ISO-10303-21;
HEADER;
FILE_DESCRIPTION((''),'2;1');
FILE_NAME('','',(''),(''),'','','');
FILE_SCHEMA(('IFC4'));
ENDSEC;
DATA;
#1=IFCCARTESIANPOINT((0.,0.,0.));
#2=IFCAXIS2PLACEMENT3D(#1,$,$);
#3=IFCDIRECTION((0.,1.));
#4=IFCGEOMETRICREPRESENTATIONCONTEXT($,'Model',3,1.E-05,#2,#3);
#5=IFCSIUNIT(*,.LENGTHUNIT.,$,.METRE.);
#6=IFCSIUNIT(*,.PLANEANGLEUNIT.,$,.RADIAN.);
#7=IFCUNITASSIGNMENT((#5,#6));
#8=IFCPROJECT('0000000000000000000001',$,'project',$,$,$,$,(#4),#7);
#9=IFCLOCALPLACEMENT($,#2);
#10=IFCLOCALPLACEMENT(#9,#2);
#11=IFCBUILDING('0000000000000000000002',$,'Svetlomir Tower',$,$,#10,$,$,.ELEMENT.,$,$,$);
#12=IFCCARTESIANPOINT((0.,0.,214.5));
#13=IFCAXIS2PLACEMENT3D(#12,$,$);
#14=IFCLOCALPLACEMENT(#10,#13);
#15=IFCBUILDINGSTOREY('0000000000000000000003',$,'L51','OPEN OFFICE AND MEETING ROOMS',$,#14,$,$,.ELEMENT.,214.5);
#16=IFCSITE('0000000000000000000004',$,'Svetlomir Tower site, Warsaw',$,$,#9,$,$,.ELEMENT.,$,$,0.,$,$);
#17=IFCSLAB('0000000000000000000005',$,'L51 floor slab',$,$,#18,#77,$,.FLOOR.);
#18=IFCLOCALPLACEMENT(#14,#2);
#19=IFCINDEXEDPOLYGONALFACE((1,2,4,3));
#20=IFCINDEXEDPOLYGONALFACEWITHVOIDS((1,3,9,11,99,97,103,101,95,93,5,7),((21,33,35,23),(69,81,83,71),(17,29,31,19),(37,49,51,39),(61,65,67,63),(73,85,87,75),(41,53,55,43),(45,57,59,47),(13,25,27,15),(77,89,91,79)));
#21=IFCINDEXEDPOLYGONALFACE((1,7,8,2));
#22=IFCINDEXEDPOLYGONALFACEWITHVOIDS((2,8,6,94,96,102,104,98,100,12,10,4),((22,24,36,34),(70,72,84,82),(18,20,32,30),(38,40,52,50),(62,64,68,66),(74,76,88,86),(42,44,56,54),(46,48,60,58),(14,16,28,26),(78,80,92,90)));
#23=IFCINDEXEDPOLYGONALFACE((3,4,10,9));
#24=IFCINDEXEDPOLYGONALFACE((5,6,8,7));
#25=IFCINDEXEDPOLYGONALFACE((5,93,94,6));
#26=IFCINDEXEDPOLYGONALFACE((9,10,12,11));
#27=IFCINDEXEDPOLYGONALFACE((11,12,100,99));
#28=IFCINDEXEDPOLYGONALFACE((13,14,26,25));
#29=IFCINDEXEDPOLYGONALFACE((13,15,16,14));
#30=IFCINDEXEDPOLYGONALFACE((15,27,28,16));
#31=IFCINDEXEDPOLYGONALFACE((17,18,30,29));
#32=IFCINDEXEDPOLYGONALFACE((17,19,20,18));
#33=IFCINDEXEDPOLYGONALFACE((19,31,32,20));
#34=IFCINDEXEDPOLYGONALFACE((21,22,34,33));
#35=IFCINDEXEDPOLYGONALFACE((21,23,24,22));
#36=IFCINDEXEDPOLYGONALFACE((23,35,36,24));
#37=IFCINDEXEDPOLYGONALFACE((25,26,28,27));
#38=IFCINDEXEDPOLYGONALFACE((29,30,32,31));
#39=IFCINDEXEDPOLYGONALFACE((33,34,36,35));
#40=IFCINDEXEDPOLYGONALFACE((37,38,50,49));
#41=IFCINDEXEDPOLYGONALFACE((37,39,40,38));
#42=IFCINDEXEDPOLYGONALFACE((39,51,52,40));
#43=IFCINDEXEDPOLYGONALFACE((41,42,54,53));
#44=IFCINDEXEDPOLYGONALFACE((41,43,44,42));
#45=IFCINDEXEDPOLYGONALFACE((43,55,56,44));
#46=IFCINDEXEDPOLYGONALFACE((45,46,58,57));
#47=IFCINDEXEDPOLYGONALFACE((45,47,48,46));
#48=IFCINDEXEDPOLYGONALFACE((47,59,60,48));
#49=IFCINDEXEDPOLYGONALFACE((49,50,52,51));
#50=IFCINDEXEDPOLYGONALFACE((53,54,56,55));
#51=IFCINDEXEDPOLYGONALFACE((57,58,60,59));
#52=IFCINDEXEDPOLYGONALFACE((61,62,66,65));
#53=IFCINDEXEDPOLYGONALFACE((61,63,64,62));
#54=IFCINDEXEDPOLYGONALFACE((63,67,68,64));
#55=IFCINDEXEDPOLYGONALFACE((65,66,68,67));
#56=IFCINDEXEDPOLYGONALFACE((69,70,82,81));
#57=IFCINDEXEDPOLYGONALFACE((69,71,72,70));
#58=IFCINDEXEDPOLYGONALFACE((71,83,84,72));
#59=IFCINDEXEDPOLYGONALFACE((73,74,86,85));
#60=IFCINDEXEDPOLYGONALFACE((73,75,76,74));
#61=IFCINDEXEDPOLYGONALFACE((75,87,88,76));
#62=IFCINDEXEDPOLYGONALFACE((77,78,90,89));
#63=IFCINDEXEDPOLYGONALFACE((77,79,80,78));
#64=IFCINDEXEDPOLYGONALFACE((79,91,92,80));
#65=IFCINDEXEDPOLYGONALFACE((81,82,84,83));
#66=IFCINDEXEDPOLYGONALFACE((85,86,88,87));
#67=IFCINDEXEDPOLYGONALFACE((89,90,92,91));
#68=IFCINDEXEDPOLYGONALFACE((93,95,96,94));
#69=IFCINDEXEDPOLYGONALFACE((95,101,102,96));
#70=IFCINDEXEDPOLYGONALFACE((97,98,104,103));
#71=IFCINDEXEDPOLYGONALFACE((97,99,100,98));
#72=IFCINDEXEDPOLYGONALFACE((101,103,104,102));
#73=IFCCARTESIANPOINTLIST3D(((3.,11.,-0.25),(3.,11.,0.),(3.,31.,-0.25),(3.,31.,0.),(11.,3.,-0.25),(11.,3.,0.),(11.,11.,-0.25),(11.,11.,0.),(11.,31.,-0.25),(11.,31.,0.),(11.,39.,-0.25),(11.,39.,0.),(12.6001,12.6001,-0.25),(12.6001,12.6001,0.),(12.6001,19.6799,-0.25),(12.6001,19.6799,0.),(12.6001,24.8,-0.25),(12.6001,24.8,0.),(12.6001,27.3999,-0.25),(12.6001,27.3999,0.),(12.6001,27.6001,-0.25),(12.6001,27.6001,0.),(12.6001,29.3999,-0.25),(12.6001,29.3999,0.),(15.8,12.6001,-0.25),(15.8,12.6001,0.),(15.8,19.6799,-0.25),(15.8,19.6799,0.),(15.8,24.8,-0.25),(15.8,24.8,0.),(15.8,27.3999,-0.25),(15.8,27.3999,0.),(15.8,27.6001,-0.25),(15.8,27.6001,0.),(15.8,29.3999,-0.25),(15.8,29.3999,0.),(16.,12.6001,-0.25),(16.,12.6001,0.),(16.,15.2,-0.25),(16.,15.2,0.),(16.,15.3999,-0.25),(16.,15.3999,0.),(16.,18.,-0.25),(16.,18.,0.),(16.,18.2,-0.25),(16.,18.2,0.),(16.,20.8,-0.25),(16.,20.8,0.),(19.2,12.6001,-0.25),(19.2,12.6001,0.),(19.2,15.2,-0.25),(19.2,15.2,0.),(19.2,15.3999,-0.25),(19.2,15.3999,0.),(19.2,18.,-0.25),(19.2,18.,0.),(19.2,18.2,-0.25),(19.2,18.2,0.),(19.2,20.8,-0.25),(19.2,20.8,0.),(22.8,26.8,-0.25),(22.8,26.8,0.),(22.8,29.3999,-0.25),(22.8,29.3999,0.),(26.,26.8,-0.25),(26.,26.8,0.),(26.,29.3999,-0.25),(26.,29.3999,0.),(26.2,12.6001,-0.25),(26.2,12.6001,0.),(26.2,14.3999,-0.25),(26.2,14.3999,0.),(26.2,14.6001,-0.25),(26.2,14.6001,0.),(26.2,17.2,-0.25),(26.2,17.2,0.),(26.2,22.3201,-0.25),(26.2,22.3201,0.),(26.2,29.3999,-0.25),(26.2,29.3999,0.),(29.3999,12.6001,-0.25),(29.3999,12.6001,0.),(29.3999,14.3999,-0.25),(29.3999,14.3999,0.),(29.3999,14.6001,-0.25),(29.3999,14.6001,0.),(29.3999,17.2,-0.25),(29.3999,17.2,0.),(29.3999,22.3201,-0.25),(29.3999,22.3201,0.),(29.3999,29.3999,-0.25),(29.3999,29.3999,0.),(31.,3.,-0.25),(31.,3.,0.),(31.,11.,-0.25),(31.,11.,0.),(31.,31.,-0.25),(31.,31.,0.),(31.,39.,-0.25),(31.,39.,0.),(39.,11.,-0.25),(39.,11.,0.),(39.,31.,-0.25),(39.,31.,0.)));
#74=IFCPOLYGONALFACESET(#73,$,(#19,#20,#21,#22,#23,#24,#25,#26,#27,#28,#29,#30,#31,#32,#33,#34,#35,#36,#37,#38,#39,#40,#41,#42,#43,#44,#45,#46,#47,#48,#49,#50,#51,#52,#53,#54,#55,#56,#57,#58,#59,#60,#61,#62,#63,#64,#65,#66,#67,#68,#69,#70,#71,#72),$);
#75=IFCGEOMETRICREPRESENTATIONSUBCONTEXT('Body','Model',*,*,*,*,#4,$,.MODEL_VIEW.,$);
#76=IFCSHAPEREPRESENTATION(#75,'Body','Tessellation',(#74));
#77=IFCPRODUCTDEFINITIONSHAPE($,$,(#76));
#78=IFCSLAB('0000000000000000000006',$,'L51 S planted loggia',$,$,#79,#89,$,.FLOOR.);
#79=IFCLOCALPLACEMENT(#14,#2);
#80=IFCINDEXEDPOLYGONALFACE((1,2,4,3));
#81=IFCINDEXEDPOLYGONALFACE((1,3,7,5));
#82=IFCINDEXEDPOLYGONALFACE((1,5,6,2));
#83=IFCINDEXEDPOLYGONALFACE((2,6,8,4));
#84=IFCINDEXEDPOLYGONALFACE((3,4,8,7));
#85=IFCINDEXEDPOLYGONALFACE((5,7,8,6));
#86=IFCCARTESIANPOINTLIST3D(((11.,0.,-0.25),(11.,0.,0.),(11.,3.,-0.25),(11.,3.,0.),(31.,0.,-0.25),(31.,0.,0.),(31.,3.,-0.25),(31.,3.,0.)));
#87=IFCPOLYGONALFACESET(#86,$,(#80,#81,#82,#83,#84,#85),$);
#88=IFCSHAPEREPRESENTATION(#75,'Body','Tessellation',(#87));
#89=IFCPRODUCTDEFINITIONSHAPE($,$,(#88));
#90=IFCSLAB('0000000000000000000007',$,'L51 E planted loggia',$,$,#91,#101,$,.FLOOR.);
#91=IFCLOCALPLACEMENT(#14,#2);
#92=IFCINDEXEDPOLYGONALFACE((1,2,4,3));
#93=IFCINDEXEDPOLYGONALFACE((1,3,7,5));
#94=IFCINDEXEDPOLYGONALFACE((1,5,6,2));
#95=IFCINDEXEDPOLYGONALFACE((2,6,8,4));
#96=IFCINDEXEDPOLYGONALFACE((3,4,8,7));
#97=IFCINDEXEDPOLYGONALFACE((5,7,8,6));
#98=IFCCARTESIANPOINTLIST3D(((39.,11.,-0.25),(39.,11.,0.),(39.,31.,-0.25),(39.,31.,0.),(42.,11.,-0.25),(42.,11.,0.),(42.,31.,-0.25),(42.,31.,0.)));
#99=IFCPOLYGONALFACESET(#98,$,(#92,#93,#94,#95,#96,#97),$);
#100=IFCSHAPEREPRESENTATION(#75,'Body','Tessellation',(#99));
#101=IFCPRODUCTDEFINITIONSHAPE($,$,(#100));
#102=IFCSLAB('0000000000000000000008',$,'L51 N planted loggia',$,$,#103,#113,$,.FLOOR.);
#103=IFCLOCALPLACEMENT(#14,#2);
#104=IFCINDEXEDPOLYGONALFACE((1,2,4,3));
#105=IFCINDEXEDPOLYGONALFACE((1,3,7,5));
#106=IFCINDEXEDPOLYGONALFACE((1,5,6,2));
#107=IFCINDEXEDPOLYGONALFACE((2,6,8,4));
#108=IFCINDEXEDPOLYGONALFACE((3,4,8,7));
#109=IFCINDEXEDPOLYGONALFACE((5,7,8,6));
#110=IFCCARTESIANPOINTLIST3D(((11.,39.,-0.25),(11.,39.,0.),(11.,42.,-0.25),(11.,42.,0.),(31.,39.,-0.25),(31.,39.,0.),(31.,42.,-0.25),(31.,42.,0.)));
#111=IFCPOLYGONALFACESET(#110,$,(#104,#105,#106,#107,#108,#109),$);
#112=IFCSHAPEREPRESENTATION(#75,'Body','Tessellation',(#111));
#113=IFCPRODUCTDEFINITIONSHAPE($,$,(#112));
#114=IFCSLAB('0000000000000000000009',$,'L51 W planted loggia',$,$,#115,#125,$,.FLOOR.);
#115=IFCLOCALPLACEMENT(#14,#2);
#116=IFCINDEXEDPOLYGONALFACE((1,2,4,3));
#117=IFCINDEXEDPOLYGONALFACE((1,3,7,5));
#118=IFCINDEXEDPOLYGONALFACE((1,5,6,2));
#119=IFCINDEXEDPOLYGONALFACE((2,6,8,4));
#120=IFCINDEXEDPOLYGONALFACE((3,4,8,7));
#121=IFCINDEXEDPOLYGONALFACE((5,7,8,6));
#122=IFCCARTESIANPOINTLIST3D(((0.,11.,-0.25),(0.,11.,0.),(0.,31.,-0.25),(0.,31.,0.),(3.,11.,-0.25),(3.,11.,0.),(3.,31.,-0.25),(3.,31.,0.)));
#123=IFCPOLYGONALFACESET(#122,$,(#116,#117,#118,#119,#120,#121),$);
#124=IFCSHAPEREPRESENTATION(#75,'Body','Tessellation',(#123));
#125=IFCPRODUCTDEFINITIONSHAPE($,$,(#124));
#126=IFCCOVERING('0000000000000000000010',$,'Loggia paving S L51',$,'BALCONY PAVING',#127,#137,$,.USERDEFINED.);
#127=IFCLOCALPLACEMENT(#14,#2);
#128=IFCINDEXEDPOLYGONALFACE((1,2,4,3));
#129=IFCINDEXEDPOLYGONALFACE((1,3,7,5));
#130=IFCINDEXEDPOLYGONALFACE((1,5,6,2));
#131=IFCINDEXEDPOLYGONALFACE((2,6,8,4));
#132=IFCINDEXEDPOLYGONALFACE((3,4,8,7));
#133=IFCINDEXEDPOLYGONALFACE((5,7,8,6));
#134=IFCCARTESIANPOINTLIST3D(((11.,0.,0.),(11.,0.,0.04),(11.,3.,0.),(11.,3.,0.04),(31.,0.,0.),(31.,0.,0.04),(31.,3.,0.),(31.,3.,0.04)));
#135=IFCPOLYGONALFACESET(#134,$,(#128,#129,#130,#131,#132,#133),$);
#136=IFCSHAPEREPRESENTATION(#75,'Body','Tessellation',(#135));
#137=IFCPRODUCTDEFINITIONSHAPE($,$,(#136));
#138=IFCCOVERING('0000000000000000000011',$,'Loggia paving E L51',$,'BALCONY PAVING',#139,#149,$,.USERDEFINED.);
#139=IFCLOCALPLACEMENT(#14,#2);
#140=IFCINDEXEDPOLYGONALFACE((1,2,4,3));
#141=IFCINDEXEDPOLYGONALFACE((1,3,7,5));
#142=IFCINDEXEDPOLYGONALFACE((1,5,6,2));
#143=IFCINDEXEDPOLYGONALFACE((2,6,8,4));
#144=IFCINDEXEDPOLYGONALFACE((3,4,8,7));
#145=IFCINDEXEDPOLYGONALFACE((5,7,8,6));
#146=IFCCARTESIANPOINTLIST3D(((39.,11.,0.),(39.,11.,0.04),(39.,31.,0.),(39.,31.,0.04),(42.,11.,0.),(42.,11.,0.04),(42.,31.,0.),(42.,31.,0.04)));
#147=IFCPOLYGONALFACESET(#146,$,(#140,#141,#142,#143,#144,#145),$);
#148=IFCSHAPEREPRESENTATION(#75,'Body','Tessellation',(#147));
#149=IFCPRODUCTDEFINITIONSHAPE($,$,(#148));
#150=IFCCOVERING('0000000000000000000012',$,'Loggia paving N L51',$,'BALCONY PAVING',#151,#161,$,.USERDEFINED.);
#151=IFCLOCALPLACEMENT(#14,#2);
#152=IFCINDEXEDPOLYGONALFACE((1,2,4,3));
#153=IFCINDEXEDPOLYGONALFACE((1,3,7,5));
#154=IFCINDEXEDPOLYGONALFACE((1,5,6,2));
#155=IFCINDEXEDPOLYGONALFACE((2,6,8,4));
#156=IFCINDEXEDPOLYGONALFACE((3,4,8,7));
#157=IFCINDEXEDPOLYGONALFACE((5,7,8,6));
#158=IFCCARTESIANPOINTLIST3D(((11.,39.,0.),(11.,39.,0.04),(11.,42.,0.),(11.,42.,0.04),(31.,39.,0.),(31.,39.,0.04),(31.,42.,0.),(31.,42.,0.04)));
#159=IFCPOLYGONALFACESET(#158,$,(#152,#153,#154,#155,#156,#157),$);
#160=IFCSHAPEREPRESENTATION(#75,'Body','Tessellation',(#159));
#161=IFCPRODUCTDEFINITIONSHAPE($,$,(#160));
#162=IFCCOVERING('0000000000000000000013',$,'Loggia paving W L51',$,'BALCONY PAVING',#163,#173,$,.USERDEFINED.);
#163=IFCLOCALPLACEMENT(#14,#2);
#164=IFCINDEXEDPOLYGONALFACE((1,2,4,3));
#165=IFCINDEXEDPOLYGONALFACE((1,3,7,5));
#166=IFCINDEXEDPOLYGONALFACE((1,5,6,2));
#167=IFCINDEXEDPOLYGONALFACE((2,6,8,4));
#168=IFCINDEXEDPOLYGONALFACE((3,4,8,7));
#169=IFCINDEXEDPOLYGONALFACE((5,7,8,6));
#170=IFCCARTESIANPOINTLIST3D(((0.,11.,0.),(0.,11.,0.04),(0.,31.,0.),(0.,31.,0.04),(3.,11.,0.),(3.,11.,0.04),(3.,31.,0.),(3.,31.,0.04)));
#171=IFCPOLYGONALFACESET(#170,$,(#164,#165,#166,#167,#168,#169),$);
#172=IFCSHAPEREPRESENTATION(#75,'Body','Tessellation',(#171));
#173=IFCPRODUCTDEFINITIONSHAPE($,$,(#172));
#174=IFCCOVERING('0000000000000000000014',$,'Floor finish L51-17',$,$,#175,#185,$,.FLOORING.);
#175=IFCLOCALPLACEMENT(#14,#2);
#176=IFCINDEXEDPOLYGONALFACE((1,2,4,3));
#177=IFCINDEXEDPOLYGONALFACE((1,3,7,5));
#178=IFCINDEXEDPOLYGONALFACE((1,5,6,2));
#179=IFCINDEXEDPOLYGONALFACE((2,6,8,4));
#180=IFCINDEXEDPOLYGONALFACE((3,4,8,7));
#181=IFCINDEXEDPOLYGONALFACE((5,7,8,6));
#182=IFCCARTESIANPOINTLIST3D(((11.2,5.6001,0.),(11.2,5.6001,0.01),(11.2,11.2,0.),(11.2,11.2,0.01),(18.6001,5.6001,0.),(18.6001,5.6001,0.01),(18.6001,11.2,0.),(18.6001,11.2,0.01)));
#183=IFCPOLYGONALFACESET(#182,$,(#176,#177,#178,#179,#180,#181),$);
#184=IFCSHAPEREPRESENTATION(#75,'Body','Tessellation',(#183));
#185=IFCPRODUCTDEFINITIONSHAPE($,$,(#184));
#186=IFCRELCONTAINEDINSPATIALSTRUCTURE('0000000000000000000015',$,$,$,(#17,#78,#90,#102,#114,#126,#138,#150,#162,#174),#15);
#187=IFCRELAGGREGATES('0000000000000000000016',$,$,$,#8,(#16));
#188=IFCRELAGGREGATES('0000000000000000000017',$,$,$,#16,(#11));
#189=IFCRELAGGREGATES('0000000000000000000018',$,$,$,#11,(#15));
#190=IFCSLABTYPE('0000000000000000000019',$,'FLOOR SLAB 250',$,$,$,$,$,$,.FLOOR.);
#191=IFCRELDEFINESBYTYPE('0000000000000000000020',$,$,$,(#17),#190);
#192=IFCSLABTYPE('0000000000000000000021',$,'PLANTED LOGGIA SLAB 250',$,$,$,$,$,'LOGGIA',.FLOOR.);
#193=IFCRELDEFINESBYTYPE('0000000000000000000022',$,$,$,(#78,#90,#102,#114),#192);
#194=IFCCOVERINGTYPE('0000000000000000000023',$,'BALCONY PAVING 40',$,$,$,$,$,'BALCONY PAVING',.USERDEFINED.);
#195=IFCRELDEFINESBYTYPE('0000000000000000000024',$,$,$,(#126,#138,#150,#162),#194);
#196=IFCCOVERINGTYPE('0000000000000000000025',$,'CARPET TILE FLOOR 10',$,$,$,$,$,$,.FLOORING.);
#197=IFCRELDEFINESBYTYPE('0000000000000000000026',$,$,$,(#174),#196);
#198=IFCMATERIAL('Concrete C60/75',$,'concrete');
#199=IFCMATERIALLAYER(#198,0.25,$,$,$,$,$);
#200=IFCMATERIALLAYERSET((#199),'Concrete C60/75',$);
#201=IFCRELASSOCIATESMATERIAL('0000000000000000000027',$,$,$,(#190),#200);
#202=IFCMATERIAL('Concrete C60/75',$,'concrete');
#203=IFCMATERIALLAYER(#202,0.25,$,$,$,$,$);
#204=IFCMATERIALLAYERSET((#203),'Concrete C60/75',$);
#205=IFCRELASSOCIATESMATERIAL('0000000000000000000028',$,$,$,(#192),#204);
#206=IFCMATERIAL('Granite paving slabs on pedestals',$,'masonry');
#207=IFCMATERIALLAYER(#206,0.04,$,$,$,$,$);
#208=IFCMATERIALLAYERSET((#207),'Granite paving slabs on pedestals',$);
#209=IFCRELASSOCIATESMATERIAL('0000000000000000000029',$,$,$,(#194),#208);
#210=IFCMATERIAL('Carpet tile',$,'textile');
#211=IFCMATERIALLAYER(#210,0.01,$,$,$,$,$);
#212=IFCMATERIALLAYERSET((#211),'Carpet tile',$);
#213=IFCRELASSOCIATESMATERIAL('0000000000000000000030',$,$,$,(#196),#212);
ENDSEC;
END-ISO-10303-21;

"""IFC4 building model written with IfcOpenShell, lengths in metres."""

from ifc_helpers import new_model, si_unit, direction, frame, origin, place, context, subcontext, project, spatial, polyline, outline, extrude, material, layer, layer_set, type_object, element, save


model = new_model("IFC4")

# Units and contexts
model_context = context("Model", 3, precision=1e-05, world=origin(), true_north=direction((0.0, 1.0)))
body_context = subcontext(model_context, "Body", "Model", "MODEL_VIEW")
ifc_project = project(units=[si_unit("LENGTHUNIT", "METRE"), si_unit("PLANEANGLEUNIT", "RADIAN")], contexts=[model_context])

# Site, building, storey
site_placement = place(None, origin())
site = spatial("IfcSite", under=ifc_project, at=site_placement, Name="Svetlomir Tower site, Warsaw", CompositionType="ELEMENT", RefElevation=0.0)
building_placement = place(site_placement, origin())
building = spatial("IfcBuilding", under=site, at=building_placement, Name="Svetlomir Tower", CompositionType="ELEMENT")
storey_placement = place(building_placement, frame((0.0, 0.0, 214.5)))
storey = spatial("IfcBuildingStorey", under=building, at=storey_placement, Name="L51", Description="OPEN OFFICE AND MEETING ROOMS", CompositionType="ELEMENT", Elevation=214.5)

# Slabs
ifc_material_1 = material(Name="Concrete C60/75", Category="concrete")
ifc_layer_1 = layer(ifc_material_1, 0.25)
ifc_layer_set_1 = layer_set([ifc_layer_1], Name="Concrete C60/75")
slab_type_1 = type_object("IfcSlabType", Name="FLOOR SLAB 250", PredefinedType="FLOOR", material=ifc_layer_set_1)
slab_1_placement = place(storey_placement, frame((0.0, 0.0, -0.25)))
element("IfcSlab", 1, at=slab_1_placement, inside=storey, type_object=slab_type_1, Name="L51 floor slab", PredefinedType="FLOOR", context=body_context, shape_type="SweptSolid", body=[
    extrude(outline(polyline([(11.0, 3.0), (31.0, 3.0), (31.0, 11.0), (39.0, 11.0), (39.0, 31.0), (31.0, 31.0), (31.0, 39.0), (11.0, 39.0), (11.0, 31.0), (3.0, 31.0), (3.0, 11.0), (11.0, 11.0), (11.0, 3.0)]), holes=[polyline([(12.6001, 24.8), (15.8, 24.8), (15.8, 27.3999), (12.6001, 27.3999), (12.6001, 24.8)]), polyline([(26.2, 14.6001), (29.3999, 14.6001), (29.3999, 17.2), (26.2, 17.2), (26.2, 14.6001)]), polyline([(16.0, 12.6001), (19.2, 12.6001), (19.2, 15.2), (16.0, 15.2), (16.0, 12.6001)]), polyline([(16.0, 15.3999), (19.2, 15.3999), (19.2, 18.0), (16.0, 18.0), (16.0, 15.3999)]), polyline([(16.0, 18.2), (19.2, 18.2), (19.2, 20.8), (16.0, 20.8), (16.0, 18.2)]), polyline([(22.8, 26.8), (26.0, 26.8), (26.0, 29.3999), (22.8, 29.3999), (22.8, 26.8)]), polyline([(12.6001, 27.6001), (15.8, 27.6001), (15.8, 29.3999), (12.6001, 29.3999), (12.6001, 27.6001)]), polyline([(26.2, 12.6001), (29.3999, 12.6001), (29.3999, 14.3999), (26.2, 14.3999), (26.2, 12.6001)]), polyline([(12.6001, 12.6001), (15.8, 12.6001), (15.8, 19.6799), (12.6001, 19.6799), (12.6001, 12.6001)]), polyline([(26.2, 22.3201), (29.3999, 22.3201), (29.3999, 29.3999), (26.2, 29.3999), (26.2, 22.3201)])]), origin(), (0.0, 0.0, 1.0), 0.25),
])
ifc_material_2 = material(Name="Concrete C60/75", Category="concrete")
ifc_layer_2 = layer(ifc_material_2, 0.25)
ifc_layer_set_2 = layer_set([ifc_layer_2], Name="Concrete C60/75")
slab_type_2 = type_object("IfcSlabType", Name="PLANTED LOGGIA SLAB 250", ElementType="LOGGIA", PredefinedType="FLOOR", material=ifc_layer_set_2)
slab_2_placement = place(storey_placement, frame((0.0, 0.0, -0.25)))
element("IfcSlab", 2, at=slab_2_placement, inside=storey, type_object=slab_type_2, Name="L51 S planted loggia", PredefinedType="FLOOR", context=body_context, shape_type="SweptSolid", body=[
    extrude(outline(polyline([(11.0, 0.0), (31.0, 0.0), (31.0, 3.0), (11.0, 3.0), (11.0, 0.0)])), origin(), (0.0, 0.0, 1.0), 0.25),
])
slab_3_placement = place(storey_placement, frame((0.0, 0.0, -0.25)))
element("IfcSlab", 3, at=slab_3_placement, inside=storey, type_object=slab_type_2, Name="L51 E planted loggia", PredefinedType="FLOOR", context=body_context, shape_type="SweptSolid", body=[
    extrude(outline(polyline([(39.0, 11.0), (42.0, 11.0), (42.0, 31.0), (39.0, 31.0), (39.0, 11.0)])), origin(), (0.0, 0.0, 1.0), 0.25),
])
slab_4_placement = place(storey_placement, frame((0.0, 0.0, -0.25)))
element("IfcSlab", 4, at=slab_4_placement, inside=storey, type_object=slab_type_2, Name="L51 N planted loggia", PredefinedType="FLOOR", context=body_context, shape_type="SweptSolid", body=[
    extrude(outline(polyline([(11.0, 39.0), (31.0, 39.0), (31.0, 42.0), (11.0, 42.0), (11.0, 39.0)])), origin(), (0.0, 0.0, 1.0), 0.25),
])
slab_5_placement = place(storey_placement, frame((0.0, 0.0, -0.25)))
element("IfcSlab", 5, at=slab_5_placement, inside=storey, type_object=slab_type_2, Name="L51 W planted loggia", PredefinedType="FLOOR", context=body_context, shape_type="SweptSolid", body=[
    extrude(outline(polyline([(0.0, 11.0), (3.0, 11.0), (3.0, 31.0), (0.0, 31.0), (0.0, 11.0)])), origin(), (0.0, 0.0, 1.0), 0.25),
])

# Coverings
ifc_material_3 = material(Name="Granite paving slabs on pedestals", Category="masonry")
ifc_layer_3 = layer(ifc_material_3, 0.04)
ifc_layer_set_3 = layer_set([ifc_layer_3], Name="Granite paving slabs on pedestals")
covering_type_1 = type_object("IfcCoveringType", Name="BALCONY PAVING 40", ElementType="BALCONY PAVING", PredefinedType="USERDEFINED", material=ifc_layer_set_3)
covering_1_placement = place(storey_placement, origin())
element("IfcCovering", 6, at=covering_1_placement, inside=storey, type_object=covering_type_1, Name="Loggia paving S L51", ObjectType="BALCONY PAVING", PredefinedType="USERDEFINED", context=body_context, shape_type="SweptSolid", body=[
    extrude(outline(polyline([(11.0, 0.0), (31.0, 0.0), (31.0, 3.0), (11.0, 3.0), (11.0, 0.0)])), origin(), (0.0, 0.0, 1.0), 0.04),
])
covering_2_placement = place(storey_placement, origin())
element("IfcCovering", 7, at=covering_2_placement, inside=storey, type_object=covering_type_1, Name="Loggia paving E L51", ObjectType="BALCONY PAVING", PredefinedType="USERDEFINED", context=body_context, shape_type="SweptSolid", body=[
    extrude(outline(polyline([(39.0, 11.0), (42.0, 11.0), (42.0, 31.0), (39.0, 31.0), (39.0, 11.0)])), origin(), (0.0, 0.0, 1.0), 0.04),
])
covering_3_placement = place(storey_placement, origin())
element("IfcCovering", 8, at=covering_3_placement, inside=storey, type_object=covering_type_1, Name="Loggia paving N L51", ObjectType="BALCONY PAVING", PredefinedType="USERDEFINED", context=body_context, shape_type="SweptSolid", body=[
    extrude(outline(polyline([(11.0, 39.0), (31.0, 39.0), (31.0, 42.0), (11.0, 42.0), (11.0, 39.0)])), origin(), (0.0, 0.0, 1.0), 0.04),
])
covering_4_placement = place(storey_placement, origin())
element("IfcCovering", 9, at=covering_4_placement, inside=storey, type_object=covering_type_1, Name="Loggia paving W L51", ObjectType="BALCONY PAVING", PredefinedType="USERDEFINED", context=body_context, shape_type="SweptSolid", body=[
    extrude(outline(polyline([(0.0, 11.0), (3.0, 11.0), (3.0, 31.0), (0.0, 31.0), (0.0, 11.0)])), origin(), (0.0, 0.0, 1.0), 0.04),
])
ifc_material_4 = material(Name="Carpet tile", Category="textile")
ifc_layer_4 = layer(ifc_material_4, 0.01)
ifc_layer_set_4 = layer_set([ifc_layer_4], Name="Carpet tile")
covering_type_2 = type_object("IfcCoveringType", Name="CARPET TILE FLOOR 10", PredefinedType="FLOORING", material=ifc_layer_set_4)
covering_5_placement = place(storey_placement, origin())
element("IfcCovering", 10, at=covering_5_placement, inside=storey, type_object=covering_type_2, Name="Floor finish L51-17", PredefinedType="FLOORING", context=body_context, shape_type="SweptSolid", body=[
    extrude(outline(polyline([(11.2, 5.6001), (18.6001, 5.6001), (18.6001, 11.2), (11.2, 11.2), (11.2, 5.6001)])), origin(), (0.0, 0.0, 1.0), 0.01),
])

save(model, "model.ifc")
